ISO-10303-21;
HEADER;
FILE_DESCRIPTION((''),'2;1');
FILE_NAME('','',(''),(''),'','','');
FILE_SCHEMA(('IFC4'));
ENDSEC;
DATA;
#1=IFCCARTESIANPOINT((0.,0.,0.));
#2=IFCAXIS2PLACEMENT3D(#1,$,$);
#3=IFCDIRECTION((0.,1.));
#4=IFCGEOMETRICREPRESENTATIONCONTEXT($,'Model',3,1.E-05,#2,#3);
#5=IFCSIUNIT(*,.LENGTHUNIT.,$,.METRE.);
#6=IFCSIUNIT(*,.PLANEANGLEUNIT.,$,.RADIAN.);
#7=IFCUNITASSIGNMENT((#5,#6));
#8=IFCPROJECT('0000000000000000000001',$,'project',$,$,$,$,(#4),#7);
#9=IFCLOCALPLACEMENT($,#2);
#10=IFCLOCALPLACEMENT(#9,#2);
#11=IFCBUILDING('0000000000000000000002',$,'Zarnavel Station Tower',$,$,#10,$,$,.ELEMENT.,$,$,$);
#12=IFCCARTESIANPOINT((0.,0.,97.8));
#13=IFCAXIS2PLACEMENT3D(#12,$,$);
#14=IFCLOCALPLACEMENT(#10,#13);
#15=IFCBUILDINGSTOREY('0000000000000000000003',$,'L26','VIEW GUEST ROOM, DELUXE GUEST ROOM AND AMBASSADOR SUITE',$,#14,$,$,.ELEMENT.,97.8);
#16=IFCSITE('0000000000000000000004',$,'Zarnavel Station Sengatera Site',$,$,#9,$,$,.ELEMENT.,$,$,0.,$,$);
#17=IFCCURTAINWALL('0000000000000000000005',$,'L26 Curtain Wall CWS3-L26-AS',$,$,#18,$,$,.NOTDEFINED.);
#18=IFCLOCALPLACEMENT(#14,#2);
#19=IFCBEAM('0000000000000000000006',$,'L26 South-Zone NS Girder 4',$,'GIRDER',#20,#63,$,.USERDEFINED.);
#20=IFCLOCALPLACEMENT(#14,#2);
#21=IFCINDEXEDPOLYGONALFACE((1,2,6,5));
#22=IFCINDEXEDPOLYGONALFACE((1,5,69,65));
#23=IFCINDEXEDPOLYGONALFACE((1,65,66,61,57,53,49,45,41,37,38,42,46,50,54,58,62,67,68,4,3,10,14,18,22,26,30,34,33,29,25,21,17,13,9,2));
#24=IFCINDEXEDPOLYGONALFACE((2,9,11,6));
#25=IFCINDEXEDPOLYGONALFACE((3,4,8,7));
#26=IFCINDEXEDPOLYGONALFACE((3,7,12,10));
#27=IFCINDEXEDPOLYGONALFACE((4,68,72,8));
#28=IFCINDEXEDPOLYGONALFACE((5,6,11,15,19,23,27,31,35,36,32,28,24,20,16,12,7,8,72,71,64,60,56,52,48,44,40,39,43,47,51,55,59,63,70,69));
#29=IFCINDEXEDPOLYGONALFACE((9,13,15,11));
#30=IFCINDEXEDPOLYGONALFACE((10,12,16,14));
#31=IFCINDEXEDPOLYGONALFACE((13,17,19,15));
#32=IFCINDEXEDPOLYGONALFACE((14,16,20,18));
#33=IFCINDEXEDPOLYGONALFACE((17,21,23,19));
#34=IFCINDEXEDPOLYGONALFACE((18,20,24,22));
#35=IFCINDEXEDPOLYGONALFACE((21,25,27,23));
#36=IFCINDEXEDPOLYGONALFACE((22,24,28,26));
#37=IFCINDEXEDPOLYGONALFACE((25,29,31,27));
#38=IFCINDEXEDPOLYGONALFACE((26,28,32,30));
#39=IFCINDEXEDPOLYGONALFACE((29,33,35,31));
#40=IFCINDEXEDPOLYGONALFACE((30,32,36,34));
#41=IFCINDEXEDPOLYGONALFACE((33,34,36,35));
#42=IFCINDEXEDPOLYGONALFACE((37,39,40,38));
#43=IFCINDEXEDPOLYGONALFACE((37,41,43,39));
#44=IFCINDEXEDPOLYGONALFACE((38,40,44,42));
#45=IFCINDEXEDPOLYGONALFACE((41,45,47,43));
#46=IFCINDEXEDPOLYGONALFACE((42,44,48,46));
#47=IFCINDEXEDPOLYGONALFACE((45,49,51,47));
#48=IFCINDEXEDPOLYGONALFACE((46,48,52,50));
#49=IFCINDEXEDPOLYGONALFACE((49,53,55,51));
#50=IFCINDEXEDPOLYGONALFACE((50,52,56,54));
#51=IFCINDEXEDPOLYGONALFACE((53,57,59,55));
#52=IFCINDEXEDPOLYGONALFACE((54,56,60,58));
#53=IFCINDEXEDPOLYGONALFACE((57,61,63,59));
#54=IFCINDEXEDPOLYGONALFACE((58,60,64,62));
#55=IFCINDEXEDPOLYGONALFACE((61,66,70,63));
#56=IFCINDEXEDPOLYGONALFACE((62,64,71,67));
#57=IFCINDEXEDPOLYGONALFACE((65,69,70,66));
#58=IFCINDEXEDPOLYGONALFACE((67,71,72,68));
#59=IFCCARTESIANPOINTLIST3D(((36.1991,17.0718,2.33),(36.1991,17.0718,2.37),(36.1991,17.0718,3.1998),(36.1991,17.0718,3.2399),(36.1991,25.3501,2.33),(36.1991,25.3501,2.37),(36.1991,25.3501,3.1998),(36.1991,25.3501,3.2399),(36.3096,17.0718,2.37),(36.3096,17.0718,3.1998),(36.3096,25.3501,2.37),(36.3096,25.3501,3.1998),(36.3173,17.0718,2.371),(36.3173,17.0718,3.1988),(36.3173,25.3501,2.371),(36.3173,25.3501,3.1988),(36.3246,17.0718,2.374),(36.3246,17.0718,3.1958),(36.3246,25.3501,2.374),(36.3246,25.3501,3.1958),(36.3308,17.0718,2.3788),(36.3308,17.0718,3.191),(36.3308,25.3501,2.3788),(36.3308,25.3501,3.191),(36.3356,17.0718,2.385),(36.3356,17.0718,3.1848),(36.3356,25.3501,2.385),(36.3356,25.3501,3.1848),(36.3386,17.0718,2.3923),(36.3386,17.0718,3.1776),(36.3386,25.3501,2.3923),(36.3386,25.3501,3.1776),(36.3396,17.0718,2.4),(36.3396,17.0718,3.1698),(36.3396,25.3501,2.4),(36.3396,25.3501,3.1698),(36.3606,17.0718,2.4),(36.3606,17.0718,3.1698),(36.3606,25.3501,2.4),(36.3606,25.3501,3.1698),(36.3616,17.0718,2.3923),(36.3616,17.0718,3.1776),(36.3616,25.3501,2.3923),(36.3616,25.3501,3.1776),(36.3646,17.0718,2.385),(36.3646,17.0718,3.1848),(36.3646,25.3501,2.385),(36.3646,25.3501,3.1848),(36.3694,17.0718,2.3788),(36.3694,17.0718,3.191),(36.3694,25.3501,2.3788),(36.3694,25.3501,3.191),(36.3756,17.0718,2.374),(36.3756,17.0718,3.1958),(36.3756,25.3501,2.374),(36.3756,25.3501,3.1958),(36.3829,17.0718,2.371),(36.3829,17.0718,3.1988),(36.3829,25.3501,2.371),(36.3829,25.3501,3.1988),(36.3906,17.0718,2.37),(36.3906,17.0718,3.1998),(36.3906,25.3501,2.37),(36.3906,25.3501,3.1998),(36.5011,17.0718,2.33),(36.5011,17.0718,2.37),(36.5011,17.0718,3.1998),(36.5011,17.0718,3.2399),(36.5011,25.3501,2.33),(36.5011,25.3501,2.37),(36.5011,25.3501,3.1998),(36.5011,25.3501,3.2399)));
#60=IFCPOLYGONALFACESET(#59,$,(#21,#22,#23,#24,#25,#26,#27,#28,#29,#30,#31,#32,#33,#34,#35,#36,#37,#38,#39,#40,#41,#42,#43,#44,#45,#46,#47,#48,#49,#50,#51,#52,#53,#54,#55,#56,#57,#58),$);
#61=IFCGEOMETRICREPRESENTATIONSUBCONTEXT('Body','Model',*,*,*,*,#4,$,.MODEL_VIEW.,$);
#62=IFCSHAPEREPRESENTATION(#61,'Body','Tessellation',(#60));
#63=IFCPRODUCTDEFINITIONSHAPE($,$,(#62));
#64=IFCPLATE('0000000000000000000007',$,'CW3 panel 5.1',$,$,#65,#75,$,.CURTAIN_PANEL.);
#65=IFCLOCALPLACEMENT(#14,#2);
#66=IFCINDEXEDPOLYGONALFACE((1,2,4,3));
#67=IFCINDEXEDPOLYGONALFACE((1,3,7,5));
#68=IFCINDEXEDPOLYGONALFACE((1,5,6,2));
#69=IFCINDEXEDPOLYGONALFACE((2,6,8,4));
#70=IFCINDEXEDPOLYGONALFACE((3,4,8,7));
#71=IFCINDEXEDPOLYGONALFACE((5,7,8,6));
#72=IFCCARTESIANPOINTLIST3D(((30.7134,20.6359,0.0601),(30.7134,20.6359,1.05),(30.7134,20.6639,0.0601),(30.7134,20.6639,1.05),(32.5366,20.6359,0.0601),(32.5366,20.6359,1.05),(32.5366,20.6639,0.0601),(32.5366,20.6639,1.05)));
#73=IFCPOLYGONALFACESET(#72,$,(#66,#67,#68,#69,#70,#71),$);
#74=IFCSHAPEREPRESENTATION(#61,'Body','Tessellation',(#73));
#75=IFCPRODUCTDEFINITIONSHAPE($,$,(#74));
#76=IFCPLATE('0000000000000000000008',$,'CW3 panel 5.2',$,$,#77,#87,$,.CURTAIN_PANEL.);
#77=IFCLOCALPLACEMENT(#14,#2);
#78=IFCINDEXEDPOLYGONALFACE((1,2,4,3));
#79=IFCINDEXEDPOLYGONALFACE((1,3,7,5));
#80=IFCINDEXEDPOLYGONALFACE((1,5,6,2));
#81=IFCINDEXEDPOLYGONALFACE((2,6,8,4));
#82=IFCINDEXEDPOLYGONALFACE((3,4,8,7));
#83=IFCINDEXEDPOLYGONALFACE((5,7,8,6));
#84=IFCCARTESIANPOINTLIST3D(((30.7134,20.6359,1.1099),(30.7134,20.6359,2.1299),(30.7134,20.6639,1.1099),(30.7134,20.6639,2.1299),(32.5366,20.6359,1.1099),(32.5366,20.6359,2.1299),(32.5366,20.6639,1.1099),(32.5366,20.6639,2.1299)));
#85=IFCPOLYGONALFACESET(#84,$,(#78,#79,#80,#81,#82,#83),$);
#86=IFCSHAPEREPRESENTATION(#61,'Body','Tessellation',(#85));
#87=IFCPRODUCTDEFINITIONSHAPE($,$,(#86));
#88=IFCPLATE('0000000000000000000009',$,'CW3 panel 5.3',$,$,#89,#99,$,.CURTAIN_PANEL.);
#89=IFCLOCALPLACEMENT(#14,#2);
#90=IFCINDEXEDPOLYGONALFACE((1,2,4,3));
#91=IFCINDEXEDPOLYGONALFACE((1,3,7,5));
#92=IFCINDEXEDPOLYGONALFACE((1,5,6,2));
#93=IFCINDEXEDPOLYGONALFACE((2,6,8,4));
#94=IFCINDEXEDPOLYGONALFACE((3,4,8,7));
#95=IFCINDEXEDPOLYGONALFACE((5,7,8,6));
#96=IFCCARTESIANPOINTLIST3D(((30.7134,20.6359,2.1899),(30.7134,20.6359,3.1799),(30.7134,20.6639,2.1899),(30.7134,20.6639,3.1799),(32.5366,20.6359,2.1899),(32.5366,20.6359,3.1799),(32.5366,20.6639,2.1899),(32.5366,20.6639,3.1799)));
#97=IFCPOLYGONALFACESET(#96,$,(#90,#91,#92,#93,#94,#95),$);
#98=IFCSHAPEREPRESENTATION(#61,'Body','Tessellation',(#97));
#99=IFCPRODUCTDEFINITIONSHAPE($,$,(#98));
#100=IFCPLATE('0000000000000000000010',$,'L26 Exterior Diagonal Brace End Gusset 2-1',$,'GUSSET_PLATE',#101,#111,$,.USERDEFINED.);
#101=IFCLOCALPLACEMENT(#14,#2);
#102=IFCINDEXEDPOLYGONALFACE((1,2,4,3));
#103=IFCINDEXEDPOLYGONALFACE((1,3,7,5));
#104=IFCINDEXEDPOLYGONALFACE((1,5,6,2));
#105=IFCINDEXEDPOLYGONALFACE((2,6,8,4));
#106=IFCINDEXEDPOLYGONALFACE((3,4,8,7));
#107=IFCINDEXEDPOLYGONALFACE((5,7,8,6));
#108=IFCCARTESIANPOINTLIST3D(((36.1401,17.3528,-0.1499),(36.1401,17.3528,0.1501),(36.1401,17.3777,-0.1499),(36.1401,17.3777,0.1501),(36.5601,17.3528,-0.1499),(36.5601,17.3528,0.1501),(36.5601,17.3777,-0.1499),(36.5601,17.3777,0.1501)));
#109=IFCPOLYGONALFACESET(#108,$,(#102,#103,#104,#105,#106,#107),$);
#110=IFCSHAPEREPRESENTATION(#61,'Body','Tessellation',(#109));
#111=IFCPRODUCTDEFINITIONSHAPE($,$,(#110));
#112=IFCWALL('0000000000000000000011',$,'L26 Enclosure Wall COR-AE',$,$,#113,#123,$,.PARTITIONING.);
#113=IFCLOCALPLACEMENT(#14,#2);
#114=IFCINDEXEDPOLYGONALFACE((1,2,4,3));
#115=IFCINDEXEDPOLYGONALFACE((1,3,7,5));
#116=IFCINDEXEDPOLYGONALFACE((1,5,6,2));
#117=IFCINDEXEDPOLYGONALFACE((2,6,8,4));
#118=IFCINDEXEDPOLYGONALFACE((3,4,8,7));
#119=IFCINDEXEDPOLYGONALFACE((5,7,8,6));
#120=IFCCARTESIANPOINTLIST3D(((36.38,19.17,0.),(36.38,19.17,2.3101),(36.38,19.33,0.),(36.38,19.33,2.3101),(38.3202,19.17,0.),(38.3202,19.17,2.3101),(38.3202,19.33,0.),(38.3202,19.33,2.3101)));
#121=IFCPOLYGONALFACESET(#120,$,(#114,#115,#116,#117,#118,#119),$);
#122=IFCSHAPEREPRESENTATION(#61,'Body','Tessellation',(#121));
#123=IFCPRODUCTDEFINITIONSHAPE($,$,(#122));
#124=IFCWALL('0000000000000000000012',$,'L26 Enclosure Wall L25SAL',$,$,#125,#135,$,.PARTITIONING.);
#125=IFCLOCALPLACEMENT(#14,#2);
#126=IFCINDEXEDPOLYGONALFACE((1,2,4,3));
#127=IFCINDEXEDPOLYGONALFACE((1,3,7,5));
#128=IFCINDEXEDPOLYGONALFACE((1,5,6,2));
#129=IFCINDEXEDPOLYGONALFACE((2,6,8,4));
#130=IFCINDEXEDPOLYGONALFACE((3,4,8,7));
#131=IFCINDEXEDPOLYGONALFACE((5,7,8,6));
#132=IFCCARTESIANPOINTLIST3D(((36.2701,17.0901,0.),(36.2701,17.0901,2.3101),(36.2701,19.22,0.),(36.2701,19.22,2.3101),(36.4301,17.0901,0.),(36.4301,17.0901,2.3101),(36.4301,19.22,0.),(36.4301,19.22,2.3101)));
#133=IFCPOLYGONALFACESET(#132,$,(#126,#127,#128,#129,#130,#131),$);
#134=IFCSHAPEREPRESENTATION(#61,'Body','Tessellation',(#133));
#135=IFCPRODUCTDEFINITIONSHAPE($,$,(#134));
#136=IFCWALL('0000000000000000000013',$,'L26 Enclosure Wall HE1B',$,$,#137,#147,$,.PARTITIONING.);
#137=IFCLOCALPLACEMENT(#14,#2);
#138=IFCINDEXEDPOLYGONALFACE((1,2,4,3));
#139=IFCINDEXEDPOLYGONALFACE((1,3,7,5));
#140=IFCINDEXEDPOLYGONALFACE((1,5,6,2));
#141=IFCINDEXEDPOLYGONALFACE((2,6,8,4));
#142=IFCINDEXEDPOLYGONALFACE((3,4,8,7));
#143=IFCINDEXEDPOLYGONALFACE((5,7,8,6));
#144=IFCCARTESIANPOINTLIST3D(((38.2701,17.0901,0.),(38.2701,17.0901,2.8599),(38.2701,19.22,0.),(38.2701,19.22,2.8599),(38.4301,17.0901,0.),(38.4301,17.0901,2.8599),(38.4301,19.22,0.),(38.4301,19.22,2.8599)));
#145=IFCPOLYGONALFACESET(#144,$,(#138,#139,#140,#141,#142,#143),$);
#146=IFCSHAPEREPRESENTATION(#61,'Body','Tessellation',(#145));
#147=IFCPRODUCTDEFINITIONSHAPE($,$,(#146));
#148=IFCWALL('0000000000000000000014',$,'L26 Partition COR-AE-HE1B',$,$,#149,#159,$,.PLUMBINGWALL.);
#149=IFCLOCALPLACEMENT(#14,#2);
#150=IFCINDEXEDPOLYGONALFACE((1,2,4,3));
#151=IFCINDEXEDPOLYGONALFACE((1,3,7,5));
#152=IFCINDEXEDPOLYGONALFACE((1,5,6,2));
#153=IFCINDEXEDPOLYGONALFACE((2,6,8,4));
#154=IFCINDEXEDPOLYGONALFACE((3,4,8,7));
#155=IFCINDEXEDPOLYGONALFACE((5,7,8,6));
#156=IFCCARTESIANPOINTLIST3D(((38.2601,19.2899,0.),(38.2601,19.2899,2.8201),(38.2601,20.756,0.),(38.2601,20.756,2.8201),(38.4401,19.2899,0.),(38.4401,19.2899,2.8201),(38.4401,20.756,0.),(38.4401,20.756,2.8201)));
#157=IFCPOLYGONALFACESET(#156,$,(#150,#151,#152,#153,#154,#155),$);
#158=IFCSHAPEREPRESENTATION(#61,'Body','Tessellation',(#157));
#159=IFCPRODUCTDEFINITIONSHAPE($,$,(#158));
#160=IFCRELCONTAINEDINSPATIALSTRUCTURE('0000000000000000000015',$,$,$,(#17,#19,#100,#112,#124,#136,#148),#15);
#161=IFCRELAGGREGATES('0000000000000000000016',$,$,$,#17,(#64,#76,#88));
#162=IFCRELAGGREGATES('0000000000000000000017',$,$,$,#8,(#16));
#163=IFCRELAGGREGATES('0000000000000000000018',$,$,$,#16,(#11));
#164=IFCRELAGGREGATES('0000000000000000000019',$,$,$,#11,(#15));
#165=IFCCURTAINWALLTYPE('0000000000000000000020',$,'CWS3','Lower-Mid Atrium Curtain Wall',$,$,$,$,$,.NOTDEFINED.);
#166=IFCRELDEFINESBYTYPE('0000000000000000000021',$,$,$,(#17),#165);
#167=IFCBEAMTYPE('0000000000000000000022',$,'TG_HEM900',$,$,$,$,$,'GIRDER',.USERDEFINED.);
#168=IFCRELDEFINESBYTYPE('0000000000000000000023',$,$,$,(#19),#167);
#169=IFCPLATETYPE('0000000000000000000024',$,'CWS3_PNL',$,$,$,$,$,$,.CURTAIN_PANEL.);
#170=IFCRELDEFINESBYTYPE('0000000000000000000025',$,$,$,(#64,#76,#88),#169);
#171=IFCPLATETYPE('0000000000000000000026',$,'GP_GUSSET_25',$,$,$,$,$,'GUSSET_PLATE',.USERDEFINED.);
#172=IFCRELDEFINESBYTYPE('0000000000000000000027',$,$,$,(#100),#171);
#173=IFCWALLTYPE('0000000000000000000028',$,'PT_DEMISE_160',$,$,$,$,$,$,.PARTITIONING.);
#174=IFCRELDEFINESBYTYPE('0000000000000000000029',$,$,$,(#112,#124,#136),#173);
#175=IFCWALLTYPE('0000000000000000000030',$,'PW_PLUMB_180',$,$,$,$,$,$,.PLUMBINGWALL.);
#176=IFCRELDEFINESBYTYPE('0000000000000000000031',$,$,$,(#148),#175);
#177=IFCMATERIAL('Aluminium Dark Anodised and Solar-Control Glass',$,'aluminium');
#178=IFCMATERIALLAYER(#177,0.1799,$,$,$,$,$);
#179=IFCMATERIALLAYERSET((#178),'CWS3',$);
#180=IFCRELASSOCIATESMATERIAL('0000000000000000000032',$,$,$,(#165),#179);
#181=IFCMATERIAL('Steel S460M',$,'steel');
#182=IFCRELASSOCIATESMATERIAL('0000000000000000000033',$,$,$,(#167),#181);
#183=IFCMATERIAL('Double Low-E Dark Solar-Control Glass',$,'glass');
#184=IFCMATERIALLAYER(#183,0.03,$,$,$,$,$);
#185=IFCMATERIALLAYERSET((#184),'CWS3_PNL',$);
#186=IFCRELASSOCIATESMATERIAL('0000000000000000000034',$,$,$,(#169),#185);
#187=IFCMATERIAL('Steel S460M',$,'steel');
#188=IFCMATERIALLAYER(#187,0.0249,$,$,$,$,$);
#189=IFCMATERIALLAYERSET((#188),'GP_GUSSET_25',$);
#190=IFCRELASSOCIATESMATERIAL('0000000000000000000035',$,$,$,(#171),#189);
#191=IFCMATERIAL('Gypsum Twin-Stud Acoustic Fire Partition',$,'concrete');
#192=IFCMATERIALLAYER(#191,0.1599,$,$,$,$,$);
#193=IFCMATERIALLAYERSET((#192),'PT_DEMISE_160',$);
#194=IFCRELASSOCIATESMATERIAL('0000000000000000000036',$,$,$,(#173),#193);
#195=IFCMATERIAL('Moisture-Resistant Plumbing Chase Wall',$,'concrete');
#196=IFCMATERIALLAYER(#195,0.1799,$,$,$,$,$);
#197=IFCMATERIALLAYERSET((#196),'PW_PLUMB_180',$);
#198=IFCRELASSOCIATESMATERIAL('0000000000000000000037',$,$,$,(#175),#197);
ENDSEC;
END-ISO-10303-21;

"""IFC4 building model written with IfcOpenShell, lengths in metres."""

from ifc_helpers import new_model, si_unit, direction, frame, frame_2d, origin, origin_2d, place, context, subcontext, project, spatial, rectangle, i_section, extrude, material, layer, layer_set, material_profile, profile_set, type_object, element, aggregate, save


model = new_model("IFC4")

# Units and contexts
model_context = context("Model", 3, precision=1e-05, world=origin(), true_north=direction((0.0, 1.0)))
body_context = subcontext(model_context, "Body", "Model", "MODEL_VIEW")
ifc_project = project(units=[si_unit("LENGTHUNIT", "METRE"), si_unit("PLANEANGLEUNIT", "RADIAN")], contexts=[model_context])

# Site, building, storey
site_placement = place(None, origin())
site = spatial("IfcSite", under=ifc_project, at=site_placement, Name="Zarnavel Station Sengatera Site", CompositionType="ELEMENT", RefElevation=0.0)
building_placement = place(site_placement, origin())
building = spatial("IfcBuilding", under=site, at=building_placement, Name="Zarnavel Station Tower", CompositionType="ELEMENT")
storey_placement = place(building_placement, frame((0.0, 0.0, 97.8)))
storey = spatial("IfcBuildingStorey", under=building, at=storey_placement, Name="L26", Description="VIEW GUEST ROOM, DELUXE GUEST ROOM AND AMBASSADOR SUITE", CompositionType="ELEMENT", Elevation=97.8)

# Curtain wall
ifc_material_1 = material(Name="Aluminium Dark Anodised and Solar-Control Glass", Category="aluminium")
ifc_layer_1 = layer(ifc_material_1, 0.1799)
ifc_layer_set_1 = layer_set([ifc_layer_1], Name="CWS3")
curtain_wall_type = type_object("IfcCurtainWallType", Name="CWS3", Description="Lower-Mid Atrium Curtain Wall", PredefinedType="NOTDEFINED", material=ifc_layer_set_1)
curtain_wall_placement = place(storey_placement, origin())
curtain_wall = element("IfcCurtainWall", 1, at=curtain_wall_placement, inside=storey, type_object=curtain_wall_type, Name="L26 Curtain Wall CWS3-L26-AS", PredefinedType="NOTDEFINED")

# Beam
ifc_material_2 = material(Name="Steel S460M", Category="steel")
ifc_material_profile_1 = material_profile(ifc_material_2, i_section(OverallWidth=0.302, OverallDepth=0.9099, WebThickness=0.021, FlangeThickness=0.04, FilletRadius=0.03, at=origin_2d()), Name="HEM900")
ifc_profile_set_1 = profile_set([ifc_material_profile_1], Name="Steel S460M")
beam_type_1 = type_object("IfcBeamType", Name="TG_HEM900", ElementType="GIRDER", PredefinedType="USERDEFINED", material=ifc_profile_set_1)
beam_1_placement = place(storey_placement, frame((36.3501, 17.0718, 2.7849), z_axis=(0.0, 1.0, 0.0), x_axis=(-1.0, 0.0, 0.0)))
element("IfcBeam", 2, at=beam_1_placement, inside=storey, type_object=beam_type_1, Name="L26 South-Zone NS Girder 4", ObjectType="GIRDER", PredefinedType="USERDEFINED", context=body_context, shape_type="SweptSolid", body=[
    extrude(i_section(OverallWidth=0.302, OverallDepth=0.9099, WebThickness=0.021, FlangeThickness=0.04, FilletRadius=0.03, at=origin_2d()), origin(), (0.0, 0.0, 1.0), 8.2783),
])

# Plates
ifc_material_3 = material(Name="Double Low-E Dark Solar-Control Glass", Category="glass")
ifc_layer_2 = layer(ifc_material_3, 0.03)
ifc_layer_set_2 = layer_set([ifc_layer_2], Name="CWS3_PNL")
plate_type_1 = type_object("IfcPlateType", Name="CWS3_PNL", PredefinedType="CURTAIN_PANEL", material=ifc_layer_set_2)
plate_1_placement = place(storey_placement, frame((31.625, 20.6499, 0.0601), z_axis=(0.0, 0.0, 1.0), x_axis=(1.0, 0.0, 0.0)))
plate_1 = element("IfcPlate", 3, at=plate_1_placement, type_object=plate_type_1, Name="CW3 panel 5.1", PredefinedType="CURTAIN_PANEL", context=body_context, shape_type="SweptSolid", body=[
    extrude(rectangle(XDim=1.8232, YDim=0.0281, at=origin_2d()), origin(), (0.0, 0.0, 1.0), 0.99),
])
plate_2_placement = place(storey_placement, frame((31.625, 20.6499, 1.1099), z_axis=(0.0, 0.0, 1.0), x_axis=(1.0, 0.0, 0.0)))
plate_2 = element("IfcPlate", 4, at=plate_2_placement, type_object=plate_type_1, Name="CW3 panel 5.2", PredefinedType="CURTAIN_PANEL", context=body_context, shape_type="SweptSolid", body=[
    extrude(rectangle(XDim=1.8232, YDim=0.0281, at=origin_2d()), origin(), (0.0, 0.0, 1.0), 1.02),
])
plate_3_placement = place(storey_placement, frame((31.625, 20.6499, 2.1899), z_axis=(0.0, 0.0, 1.0), x_axis=(1.0, 0.0, 0.0)))
plate_3 = element("IfcPlate", 5, at=plate_3_placement, type_object=plate_type_1, Name="CW3 panel 5.3", PredefinedType="CURTAIN_PANEL", context=body_context, shape_type="SweptSolid", body=[
    extrude(rectangle(XDim=1.8232, YDim=0.0281, at=origin_2d()), origin(), (0.0, 0.0, 1.0), 0.99),
])
aggregate(curtain_wall, [plate_1, plate_2, plate_3])
ifc_material_4 = material(Name="Steel S460M", Category="steel")
ifc_layer_3 = layer(ifc_material_4, 0.0249)
ifc_layer_set_3 = layer_set([ifc_layer_3], Name="GP_GUSSET_25")
plate_type_2 = type_object("IfcPlateType", Name="GP_GUSSET_25", ElementType="GUSSET_PLATE", PredefinedType="USERDEFINED", material=ifc_layer_set_3)
plate_4_placement = place(storey_placement, frame((36.3501, 17.3652, -0.1499), z_axis=(0.0, 0.0, 1.0), x_axis=(1.0, 0.0, 0.0)))
element("IfcPlate", 6, at=plate_4_placement, inside=storey, type_object=plate_type_2, Name="L26 Exterior Diagonal Brace End Gusset 2-1", ObjectType="GUSSET_PLATE", PredefinedType="USERDEFINED", context=body_context, shape_type="SweptSolid", body=[
    extrude(rectangle(XDim=0.4199, YDim=0.0249, at=origin_2d()), origin(), (0.0, 0.0, 1.0), 0.3),
])

# Walls
ifc_material_5 = material(Name="Gypsum Twin-Stud Acoustic Fire Partition", Category="concrete")
ifc_layer_4 = layer(ifc_material_5, 0.1599)
ifc_layer_set_4 = layer_set([ifc_layer_4], Name="PT_DEMISE_160")
wall_type_1 = type_object("IfcWallType", Name="PT_DEMISE_160", PredefinedType="PARTITIONING", material=ifc_layer_set_4)
wall_1_placement = place(storey_placement, frame((36.3799, 19.25, 0.0), z_axis=(0.0, 0.0, 1.0), x_axis=(1.0, 0.0, 0.0)))
element("IfcWall", 7, at=wall_1_placement, inside=storey, type_object=wall_type_1, Name="L26 Enclosure Wall COR-AE", PredefinedType="PARTITIONING", context=body_context, shape_type="SweptSolid", body=[
    extrude(rectangle(XDim=1.9402, YDim=0.1599, at=frame_2d((0.9702, 0.0))), origin(), (0.0, 0.0, 1.0), 2.3101),
])
wall_2_placement = place(storey_placement, frame((36.3501, 17.0901, 0.0), z_axis=(0.0, 0.0, 1.0), x_axis=(0.0, 1.0, 0.0)))
element("IfcWall", 8, at=wall_2_placement, inside=storey, type_object=wall_type_1, Name="L26 Enclosure Wall L25SAL", PredefinedType="PARTITIONING", context=body_context, shape_type="SweptSolid", body=[
    extrude(rectangle(XDim=2.1299, YDim=0.1599, at=frame_2d((1.0649, 0.0))), origin(), (0.0, 0.0, 1.0), 2.3101),
])
wall_3_placement = place(storey_placement, frame((38.3501, 17.0901, 0.0), z_axis=(0.0, 0.0, 1.0), x_axis=(0.0, 1.0, 0.0)))
element("IfcWall", 9, at=wall_3_placement, inside=storey, type_object=wall_type_1, Name="L26 Enclosure Wall HE1B", PredefinedType="PARTITIONING", context=body_context, shape_type="SweptSolid", body=[
    extrude(rectangle(XDim=2.1299, YDim=0.1599, at=frame_2d((1.0649, 0.0))), origin(), (0.0, 0.0, 1.0), 2.8599),
])
ifc_material_6 = material(Name="Moisture-Resistant Plumbing Chase Wall", Category="concrete")
ifc_layer_5 = layer(ifc_material_6, 0.1799)
ifc_layer_set_5 = layer_set([ifc_layer_5], Name="PW_PLUMB_180")
wall_type_2 = type_object("IfcWallType", Name="PW_PLUMB_180", PredefinedType="PLUMBINGWALL", material=ifc_layer_set_5)
wall_4_placement = place(storey_placement, frame((38.3501, 19.29, 0.0), z_axis=(0.0, 0.0, 1.0), x_axis=(0.0, 1.0, 0.0)))
element("IfcWall", 10, at=wall_4_placement, inside=storey, type_object=wall_type_2, Name="L26 Partition COR-AE-HE1B", PredefinedType="PLUMBINGWALL", context=body_context, shape_type="SweptSolid", body=[
    extrude(rectangle(XDim=1.4661, YDim=0.1799, at=frame_2d((0.7329, 0.0))), origin(), (0.0, 0.0, 1.0), 2.8201),
])

save(model, "model.ifc")
